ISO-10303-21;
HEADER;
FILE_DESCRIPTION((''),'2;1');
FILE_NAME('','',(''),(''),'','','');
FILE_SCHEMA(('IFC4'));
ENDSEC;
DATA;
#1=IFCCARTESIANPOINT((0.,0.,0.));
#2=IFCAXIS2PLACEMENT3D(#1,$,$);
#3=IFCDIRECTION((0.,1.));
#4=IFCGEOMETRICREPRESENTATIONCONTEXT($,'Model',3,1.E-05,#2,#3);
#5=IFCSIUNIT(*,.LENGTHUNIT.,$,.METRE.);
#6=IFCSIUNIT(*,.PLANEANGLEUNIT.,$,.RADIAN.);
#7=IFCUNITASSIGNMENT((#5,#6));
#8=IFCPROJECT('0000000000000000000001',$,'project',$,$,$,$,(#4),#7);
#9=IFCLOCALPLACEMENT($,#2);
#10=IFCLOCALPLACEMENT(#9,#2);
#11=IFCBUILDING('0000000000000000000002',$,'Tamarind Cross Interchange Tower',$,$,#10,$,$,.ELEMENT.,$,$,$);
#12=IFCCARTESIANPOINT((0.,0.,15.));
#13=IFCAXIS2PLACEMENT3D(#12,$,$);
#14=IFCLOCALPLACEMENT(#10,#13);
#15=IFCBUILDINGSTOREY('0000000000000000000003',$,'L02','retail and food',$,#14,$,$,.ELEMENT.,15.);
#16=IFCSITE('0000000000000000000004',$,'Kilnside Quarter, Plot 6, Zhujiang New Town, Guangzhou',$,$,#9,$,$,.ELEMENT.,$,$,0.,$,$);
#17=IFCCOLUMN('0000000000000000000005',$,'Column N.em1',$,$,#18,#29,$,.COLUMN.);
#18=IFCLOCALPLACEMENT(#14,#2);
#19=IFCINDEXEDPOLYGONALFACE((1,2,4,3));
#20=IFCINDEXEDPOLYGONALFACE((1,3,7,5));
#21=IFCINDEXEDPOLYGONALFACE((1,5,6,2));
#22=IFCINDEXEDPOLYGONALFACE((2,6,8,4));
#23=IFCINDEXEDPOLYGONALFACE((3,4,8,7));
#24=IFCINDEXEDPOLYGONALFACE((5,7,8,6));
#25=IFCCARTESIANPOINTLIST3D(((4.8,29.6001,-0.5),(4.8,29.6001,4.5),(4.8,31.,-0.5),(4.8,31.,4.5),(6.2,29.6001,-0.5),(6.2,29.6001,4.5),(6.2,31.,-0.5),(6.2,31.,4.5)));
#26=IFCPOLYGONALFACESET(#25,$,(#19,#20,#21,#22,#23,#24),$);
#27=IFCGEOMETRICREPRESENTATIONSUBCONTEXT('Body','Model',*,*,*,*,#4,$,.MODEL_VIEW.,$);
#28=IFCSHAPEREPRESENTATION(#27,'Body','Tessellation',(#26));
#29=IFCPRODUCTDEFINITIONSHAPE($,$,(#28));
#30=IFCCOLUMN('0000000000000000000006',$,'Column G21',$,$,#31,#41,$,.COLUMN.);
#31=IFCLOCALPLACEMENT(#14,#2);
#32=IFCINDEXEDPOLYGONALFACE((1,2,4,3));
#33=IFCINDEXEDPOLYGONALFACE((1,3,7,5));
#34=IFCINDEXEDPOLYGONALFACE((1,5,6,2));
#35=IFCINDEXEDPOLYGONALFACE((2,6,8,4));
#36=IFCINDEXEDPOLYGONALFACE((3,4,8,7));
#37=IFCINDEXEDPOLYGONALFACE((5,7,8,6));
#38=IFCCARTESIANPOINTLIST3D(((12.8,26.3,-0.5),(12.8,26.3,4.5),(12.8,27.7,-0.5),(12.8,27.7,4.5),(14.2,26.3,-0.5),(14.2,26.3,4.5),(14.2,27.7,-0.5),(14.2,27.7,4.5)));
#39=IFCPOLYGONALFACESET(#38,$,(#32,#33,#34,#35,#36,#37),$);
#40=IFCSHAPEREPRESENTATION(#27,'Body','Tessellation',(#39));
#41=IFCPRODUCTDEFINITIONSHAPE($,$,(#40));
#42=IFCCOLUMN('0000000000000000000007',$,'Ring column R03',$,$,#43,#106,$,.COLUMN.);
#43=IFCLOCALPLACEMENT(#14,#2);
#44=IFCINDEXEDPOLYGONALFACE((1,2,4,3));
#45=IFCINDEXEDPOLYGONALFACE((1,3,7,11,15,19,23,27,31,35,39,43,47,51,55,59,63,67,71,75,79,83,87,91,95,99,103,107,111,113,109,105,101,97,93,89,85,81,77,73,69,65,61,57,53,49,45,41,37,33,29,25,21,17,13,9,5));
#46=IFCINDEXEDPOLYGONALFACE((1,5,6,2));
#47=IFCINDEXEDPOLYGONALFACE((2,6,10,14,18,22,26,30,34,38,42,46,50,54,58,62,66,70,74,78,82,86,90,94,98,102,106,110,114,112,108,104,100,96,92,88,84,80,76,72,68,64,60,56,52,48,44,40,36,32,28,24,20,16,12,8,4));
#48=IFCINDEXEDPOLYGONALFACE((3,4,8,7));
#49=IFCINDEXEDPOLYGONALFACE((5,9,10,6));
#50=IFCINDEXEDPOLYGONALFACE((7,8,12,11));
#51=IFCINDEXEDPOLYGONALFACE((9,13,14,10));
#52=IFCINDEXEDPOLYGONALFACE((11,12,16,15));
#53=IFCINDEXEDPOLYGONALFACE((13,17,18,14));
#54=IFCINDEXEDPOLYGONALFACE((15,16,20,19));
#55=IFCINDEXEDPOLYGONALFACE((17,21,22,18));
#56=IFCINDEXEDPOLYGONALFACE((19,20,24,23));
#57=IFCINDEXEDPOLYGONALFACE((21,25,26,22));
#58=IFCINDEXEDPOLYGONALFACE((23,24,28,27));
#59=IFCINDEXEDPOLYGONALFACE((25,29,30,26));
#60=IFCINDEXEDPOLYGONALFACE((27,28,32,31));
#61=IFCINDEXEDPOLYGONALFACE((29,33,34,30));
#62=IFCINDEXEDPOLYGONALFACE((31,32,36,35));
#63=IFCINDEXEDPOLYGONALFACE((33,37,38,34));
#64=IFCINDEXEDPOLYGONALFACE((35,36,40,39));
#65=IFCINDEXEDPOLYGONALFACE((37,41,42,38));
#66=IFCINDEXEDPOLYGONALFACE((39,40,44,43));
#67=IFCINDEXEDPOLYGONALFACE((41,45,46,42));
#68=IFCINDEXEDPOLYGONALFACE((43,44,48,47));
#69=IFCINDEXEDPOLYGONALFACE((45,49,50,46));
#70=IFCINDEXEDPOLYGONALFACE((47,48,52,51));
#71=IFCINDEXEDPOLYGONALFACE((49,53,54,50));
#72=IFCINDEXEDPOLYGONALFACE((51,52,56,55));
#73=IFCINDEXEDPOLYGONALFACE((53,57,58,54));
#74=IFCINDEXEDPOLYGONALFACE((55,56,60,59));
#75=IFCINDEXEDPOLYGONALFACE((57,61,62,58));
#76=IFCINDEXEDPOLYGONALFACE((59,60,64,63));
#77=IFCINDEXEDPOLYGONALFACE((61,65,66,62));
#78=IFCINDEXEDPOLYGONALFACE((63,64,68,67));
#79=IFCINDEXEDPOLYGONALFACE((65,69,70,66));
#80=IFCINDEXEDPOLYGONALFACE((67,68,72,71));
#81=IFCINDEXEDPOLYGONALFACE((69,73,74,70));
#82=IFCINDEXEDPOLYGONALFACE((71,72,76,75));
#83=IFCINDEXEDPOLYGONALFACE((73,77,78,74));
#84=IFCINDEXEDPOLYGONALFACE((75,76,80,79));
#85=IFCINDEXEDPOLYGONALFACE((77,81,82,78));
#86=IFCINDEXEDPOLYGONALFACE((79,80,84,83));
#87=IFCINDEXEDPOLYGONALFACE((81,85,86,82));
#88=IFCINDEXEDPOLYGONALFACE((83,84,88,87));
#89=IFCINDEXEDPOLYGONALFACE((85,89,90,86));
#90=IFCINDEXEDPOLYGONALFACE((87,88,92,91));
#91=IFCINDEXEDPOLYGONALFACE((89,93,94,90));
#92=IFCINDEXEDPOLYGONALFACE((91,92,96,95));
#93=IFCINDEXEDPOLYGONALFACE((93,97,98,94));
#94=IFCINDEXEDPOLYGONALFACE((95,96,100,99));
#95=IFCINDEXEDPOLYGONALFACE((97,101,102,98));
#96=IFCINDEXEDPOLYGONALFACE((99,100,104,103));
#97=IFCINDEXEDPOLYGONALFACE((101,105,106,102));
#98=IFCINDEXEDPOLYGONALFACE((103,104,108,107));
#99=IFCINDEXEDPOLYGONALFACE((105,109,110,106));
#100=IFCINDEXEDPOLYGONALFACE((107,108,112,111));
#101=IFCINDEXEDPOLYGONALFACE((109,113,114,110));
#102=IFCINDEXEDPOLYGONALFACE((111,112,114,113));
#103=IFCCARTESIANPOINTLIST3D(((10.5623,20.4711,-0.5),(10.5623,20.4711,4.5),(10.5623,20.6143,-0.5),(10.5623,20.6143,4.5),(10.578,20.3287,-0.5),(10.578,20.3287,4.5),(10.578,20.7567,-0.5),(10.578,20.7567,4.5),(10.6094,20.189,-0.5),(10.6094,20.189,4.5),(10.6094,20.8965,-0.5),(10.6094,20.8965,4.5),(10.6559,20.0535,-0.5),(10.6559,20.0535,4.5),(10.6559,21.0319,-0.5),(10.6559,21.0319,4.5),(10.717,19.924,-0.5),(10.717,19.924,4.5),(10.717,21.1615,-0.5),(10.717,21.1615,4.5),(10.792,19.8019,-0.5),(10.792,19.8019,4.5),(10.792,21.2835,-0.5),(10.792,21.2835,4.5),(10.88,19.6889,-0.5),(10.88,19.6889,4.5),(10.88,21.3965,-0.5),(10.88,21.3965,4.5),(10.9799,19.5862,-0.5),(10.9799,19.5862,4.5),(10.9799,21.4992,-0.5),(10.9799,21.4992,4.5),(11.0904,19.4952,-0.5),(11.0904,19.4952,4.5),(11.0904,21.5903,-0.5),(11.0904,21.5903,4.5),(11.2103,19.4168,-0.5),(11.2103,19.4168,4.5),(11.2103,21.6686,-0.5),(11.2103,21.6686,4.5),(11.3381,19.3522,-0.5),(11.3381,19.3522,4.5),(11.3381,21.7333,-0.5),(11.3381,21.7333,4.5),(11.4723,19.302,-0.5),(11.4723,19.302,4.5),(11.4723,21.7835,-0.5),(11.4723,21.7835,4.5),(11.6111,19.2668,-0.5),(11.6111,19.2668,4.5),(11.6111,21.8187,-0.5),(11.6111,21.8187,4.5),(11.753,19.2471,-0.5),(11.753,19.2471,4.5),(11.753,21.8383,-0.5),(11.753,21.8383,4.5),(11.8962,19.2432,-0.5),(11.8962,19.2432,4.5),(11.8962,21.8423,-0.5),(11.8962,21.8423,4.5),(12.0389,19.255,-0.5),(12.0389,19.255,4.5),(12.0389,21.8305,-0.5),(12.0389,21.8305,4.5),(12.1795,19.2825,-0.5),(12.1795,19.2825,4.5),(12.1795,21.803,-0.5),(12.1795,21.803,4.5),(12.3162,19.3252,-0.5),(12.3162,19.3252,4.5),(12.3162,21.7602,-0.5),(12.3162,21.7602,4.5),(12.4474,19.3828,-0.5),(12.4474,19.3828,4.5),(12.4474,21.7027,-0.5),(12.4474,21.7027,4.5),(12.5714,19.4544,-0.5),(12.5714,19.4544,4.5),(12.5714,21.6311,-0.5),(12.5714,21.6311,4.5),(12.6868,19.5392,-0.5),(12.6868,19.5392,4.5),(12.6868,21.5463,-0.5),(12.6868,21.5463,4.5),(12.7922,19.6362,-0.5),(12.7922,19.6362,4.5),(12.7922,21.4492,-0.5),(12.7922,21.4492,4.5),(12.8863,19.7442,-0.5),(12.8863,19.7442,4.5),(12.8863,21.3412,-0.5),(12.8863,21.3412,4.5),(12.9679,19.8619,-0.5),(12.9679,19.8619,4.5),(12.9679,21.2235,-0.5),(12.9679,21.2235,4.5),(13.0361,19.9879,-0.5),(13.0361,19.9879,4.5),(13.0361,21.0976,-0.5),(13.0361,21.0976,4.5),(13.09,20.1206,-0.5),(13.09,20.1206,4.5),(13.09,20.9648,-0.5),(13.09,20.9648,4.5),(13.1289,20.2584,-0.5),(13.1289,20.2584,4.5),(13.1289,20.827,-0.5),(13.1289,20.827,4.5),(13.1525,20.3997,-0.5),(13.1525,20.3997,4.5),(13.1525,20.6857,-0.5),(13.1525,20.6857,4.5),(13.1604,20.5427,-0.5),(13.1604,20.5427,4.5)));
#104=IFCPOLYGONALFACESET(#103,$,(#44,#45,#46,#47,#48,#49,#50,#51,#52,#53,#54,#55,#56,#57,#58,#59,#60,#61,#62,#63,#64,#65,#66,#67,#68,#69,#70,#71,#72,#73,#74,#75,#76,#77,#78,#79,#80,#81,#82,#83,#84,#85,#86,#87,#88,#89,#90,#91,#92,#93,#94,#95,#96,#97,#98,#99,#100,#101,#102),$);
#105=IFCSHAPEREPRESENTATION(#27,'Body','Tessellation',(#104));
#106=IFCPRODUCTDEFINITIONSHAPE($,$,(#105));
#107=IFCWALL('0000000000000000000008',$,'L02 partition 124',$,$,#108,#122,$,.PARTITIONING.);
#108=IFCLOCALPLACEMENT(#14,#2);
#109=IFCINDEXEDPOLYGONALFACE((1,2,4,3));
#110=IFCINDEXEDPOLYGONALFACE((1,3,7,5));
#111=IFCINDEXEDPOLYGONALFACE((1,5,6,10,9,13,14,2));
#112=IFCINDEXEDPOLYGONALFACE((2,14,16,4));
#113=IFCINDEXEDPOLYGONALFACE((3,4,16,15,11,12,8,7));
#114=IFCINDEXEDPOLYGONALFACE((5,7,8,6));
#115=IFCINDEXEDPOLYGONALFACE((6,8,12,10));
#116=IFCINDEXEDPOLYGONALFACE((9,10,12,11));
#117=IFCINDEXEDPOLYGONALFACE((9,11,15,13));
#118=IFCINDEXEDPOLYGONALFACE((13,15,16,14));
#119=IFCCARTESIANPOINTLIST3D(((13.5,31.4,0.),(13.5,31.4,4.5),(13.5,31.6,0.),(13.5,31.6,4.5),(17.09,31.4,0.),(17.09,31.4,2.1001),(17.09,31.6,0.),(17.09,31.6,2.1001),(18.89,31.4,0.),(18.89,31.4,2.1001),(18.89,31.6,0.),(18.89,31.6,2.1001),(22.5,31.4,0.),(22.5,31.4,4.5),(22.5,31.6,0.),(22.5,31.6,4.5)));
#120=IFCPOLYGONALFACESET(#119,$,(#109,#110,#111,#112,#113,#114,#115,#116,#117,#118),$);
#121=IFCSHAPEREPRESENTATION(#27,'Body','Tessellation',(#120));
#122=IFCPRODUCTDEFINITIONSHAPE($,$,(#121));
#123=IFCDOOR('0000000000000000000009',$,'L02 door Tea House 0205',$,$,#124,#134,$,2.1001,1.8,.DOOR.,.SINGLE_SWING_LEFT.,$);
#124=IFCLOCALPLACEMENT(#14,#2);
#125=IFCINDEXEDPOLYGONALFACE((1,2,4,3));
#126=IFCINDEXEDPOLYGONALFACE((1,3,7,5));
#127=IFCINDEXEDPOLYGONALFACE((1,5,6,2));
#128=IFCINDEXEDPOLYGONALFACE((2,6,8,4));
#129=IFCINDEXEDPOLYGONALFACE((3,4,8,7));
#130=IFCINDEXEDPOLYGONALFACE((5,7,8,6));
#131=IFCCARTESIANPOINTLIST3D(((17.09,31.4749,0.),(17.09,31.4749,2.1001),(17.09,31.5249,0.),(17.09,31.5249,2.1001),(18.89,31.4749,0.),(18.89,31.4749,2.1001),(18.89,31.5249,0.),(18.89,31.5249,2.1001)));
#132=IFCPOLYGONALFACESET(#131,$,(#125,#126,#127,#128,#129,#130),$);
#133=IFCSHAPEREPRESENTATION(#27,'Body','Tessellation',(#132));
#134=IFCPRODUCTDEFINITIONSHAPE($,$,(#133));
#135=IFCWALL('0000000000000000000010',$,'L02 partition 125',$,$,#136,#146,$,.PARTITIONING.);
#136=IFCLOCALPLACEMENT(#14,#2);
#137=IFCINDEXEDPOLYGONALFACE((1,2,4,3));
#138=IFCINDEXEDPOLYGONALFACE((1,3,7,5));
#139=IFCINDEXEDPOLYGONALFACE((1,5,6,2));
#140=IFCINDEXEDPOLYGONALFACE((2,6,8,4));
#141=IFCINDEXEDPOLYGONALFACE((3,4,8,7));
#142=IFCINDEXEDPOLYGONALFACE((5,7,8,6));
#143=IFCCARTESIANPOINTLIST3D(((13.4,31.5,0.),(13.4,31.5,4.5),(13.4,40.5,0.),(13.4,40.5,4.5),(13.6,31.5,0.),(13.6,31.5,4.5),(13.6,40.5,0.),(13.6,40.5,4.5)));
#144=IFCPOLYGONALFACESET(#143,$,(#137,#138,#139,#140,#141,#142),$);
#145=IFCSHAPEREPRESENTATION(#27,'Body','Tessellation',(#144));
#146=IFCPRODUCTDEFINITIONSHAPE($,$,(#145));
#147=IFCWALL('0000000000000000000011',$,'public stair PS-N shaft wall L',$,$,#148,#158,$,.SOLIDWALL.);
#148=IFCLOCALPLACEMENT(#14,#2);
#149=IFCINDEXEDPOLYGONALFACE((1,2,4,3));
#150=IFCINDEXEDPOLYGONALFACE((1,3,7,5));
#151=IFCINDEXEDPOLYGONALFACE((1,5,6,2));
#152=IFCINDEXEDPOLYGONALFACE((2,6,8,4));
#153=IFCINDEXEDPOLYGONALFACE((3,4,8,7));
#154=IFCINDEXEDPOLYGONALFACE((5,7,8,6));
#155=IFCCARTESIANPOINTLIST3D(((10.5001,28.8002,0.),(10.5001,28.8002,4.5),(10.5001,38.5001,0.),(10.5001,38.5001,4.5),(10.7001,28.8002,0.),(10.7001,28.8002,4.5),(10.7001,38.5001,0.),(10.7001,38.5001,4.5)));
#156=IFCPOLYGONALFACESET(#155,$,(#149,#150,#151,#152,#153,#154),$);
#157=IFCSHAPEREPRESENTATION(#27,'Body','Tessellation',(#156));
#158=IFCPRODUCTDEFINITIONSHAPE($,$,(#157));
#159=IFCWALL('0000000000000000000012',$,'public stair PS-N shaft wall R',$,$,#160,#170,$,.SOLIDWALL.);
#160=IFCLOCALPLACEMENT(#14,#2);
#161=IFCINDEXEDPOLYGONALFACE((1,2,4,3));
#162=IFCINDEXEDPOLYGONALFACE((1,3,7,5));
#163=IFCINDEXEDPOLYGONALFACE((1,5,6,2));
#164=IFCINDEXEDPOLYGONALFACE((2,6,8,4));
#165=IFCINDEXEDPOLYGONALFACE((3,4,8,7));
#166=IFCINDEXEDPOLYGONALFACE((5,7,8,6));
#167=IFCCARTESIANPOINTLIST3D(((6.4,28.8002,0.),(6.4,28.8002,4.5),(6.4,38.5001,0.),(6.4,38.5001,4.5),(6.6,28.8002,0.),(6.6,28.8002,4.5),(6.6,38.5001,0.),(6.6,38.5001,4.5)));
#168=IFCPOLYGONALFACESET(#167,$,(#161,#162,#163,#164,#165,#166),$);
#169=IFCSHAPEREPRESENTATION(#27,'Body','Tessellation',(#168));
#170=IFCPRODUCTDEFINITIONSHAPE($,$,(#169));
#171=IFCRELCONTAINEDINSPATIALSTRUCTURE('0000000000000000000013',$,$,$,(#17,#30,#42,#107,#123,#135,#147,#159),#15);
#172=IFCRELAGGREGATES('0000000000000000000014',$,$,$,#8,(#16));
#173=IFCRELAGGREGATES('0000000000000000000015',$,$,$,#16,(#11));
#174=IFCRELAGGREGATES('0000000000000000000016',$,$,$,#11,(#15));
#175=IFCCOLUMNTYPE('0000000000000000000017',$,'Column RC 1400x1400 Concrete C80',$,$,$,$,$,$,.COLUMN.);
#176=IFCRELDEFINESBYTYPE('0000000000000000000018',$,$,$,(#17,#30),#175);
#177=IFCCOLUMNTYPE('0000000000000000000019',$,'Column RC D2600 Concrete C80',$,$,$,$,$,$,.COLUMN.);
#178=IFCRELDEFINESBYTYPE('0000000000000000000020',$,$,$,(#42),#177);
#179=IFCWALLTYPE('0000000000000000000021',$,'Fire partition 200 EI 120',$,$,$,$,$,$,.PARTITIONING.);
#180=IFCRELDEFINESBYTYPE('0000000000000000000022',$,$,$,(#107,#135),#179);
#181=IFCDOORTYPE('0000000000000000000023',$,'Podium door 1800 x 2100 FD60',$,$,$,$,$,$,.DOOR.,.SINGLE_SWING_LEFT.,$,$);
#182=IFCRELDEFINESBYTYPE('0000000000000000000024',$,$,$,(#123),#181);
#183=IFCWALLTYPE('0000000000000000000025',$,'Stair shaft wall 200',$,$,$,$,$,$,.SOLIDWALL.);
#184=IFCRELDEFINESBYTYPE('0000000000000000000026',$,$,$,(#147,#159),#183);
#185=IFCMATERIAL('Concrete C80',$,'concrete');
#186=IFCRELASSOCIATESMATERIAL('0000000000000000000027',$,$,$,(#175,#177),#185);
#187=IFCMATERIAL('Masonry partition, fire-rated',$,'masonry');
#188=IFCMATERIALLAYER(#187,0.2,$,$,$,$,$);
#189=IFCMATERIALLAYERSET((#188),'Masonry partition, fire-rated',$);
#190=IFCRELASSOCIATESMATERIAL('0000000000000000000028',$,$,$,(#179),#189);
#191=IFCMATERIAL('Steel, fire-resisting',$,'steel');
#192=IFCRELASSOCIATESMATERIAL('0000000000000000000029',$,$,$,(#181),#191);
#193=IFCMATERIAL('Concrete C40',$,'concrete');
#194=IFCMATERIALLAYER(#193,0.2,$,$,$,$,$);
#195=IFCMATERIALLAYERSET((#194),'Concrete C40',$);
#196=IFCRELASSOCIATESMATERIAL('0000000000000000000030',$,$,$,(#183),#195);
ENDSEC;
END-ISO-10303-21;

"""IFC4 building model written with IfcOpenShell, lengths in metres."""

from ifc_helpers import new_model, si_unit, direction, frame, frame_2d, origin, origin_2d, place, context, subcontext, project, spatial, rectangle, circle, extrude, material, layer, layer_set, material_profile, profile_set, type_object, element, fill, save


model = new_model("IFC4")

# Units and contexts
model_context = context("Model", 3, precision=1e-05, world=origin(), true_north=direction((0.0, 1.0)))
body_context = subcontext(model_context, "Body", "Model", "MODEL_VIEW")
ifc_project = project(units=[si_unit("LENGTHUNIT", "METRE"), si_unit("PLANEANGLEUNIT", "RADIAN")], contexts=[model_context])

# Site, building, storey
site_placement = place(None, origin())
site = spatial("IfcSite", under=ifc_project, at=site_placement, Name="Kilnside Quarter, Plot 6, Zhujiang New Town, Guangzhou", CompositionType="ELEMENT", RefElevation=0.0)
building_placement = place(site_placement, origin())
building = spatial("IfcBuilding", under=site, at=building_placement, Name="Tamarind Cross Interchange Tower", CompositionType="ELEMENT")
storey_placement = place(building_placement, frame((0.0, 0.0, 15.0)))
storey = spatial("IfcBuildingStorey", under=building, at=storey_placement, Name="L02", Description="retail and food", CompositionType="ELEMENT", Elevation=15.0)

# Columns
ifc_material_1 = material(Name="Concrete C80", Category="concrete")
ifc_material_profile_1 = material_profile(ifc_material_1, rectangle(XDim=1.3999, YDim=1.3999, at=origin_2d()), Name="RC 1400x1400")
ifc_profile_set_1 = profile_set([ifc_material_profile_1], Name="Concrete C80")
column_type_1 = type_object("IfcColumnType", Name="Column RC 1400x1400 Concrete C80", PredefinedType="COLUMN", material=ifc_profile_set_1)
for number, where, z_axis, x_axis, name in (
    (1, (5.5, 30.3, -0.5), (0.0, 0.0, 1.0), (1.0, 0.0, 0.0), "Column N.em1"),
    (2, (13.5, 27.0, -0.5), (0.0, 0.0, 1.0), (1.0, 0.0, 0.0), "Column G21"),
):
    element("IfcColumn", number, at=place(storey_placement, frame(where, z_axis=z_axis, x_axis=x_axis)), inside=storey, type_object=column_type_1, Name=name, PredefinedType="COLUMN", context=body_context, shape_type="SweptSolid", body=[
        extrude(rectangle(XDim=1.3999, YDim=1.3999, at=origin_2d()), origin(), (0.0, 0.0, 1.0), 5.0),
    ])
ifc_material_profile_2 = material_profile(ifc_material_1, circle(Radius=1.3, at=origin_2d()), Name="RC D2600")
ifc_profile_set_2 = profile_set([ifc_material_profile_2], Name="Concrete C80")
column_type_2 = type_object("IfcColumnType", Name="Column RC D2600 Concrete C80", PredefinedType="COLUMN", material=ifc_profile_set_2)
column_placement = place(storey_placement, frame((11.8604, 20.5427, -0.5), z_axis=(0.0, 0.0, 1.0), x_axis=(1.0, 0.0, 0.0)))
element("IfcColumn", 3, at=column_placement, inside=storey, type_object=column_type_2, Name="Ring column R03", PredefinedType="COLUMN", context=body_context, shape_type="SweptSolid", body=[
    extrude(circle(Radius=1.3, at=origin_2d()), origin(), (0.0, 0.0, 1.0), 5.0),
])

# Wall, opening, door
ifc_material_2 = material(Name="Masonry partition, fire-rated", Category="masonry")
ifc_layer_1 = layer(ifc_material_2, 0.2)
ifc_layer_set_1 = layer_set([ifc_layer_1], Name="Masonry partition, fire-rated")
wall_type_1 = type_object("IfcWallType", Name="Fire partition 200 EI 120", PredefinedType="PARTITIONING", material=ifc_layer_set_1)
wall_1_placement = place(storey_placement, frame((13.5, 31.5, 0.0), z_axis=(0.0, 0.0, 1.0), x_axis=(1.0, 0.0, 0.0)))
wall_1 = element("IfcWall", 4, at=wall_1_placement, inside=storey, type_object=wall_type_1, Name="L02 partition 124", PredefinedType="PARTITIONING", context=body_context, shape_type="SweptSolid", body=[
    extrude(rectangle(XDim=9.0, YDim=0.2, at=frame_2d((4.5, 0.0))), origin(), (0.0, 0.0, 1.0), 4.5),
])
opening_1_placement = place(wall_1_placement, frame((3.5901, 0.0, 0.0)))
opening_1 = element("IfcOpeningElement", 5, at=opening_1_placement, cuts=wall_1, PredefinedType="OPENING", context=body_context, shape_type="SweptSolid", body=[
    extrude(rectangle(XDim=1.8, YDim=2.1001, at=frame_2d((0.8999, 1.05))), frame((0.0, 0.1099, 0.0), z_axis=(0.0, -1.0, 0.0), x_axis=(1.0, 0.0, 0.0)), (0.0, 0.0, 1.0), 0.22),
])
ifc_material_3 = material(Name="Steel, fire-resisting", Category="steel")
door_type_1 = type_object("IfcDoorType", Name="Podium door 1800 x 2100 FD60", OperationType="SINGLE_SWING_LEFT", PredefinedType="DOOR", material=ifc_material_3)
door_1_placement = place(opening_1_placement, origin())
door_1 = element("IfcDoor", 6, at=door_1_placement, inside=storey, type_object=door_type_1, Name="L02 door Tea House 0205", OperationType="SINGLE_SWING_LEFT", OverallHeight=2.1001, OverallWidth=1.8, PredefinedType="DOOR", context=body_context, shape_type="SweptSolid", body=[
    extrude(rectangle(XDim=1.8, YDim=2.1001, at=frame_2d((0.8999, 1.05))), frame((0.0, 0.0249, 0.0), z_axis=(0.0, -1.0, 0.0), x_axis=(1.0, 0.0, 0.0)), (0.0, 0.0, 1.0), 0.05),
])
fill(opening_1, door_1)

# Walls
wall_2_placement = place(storey_placement, frame((13.5, 31.5, 0.0), z_axis=(0.0, 0.0, 1.0), x_axis=(0.0, 1.0, 0.0)))
element("IfcWall", 7, at=wall_2_placement, inside=storey, type_object=wall_type_1, Name="L02 partition 125", PredefinedType="PARTITIONING", context=body_context, shape_type="SweptSolid", body=[
    extrude(rectangle(XDim=9.0, YDim=0.2, at=frame_2d((4.5, 0.0))), origin(), (0.0, 0.0, 1.0), 4.5),
])
ifc_material_4 = material(Name="Concrete C40", Category="concrete")
ifc_layer_2 = layer(ifc_material_4, 0.2)
ifc_layer_set_2 = layer_set([ifc_layer_2], Name="Concrete C40")
wall_type_2 = type_object("IfcWallType", Name="Stair shaft wall 200", PredefinedType="SOLIDWALL", material=ifc_layer_set_2)
for number, where, z_axis, x_axis, name in (
    (8, (10.6001, 28.8, 0.0), (0.0, 0.0, 1.0), (0.0, 1.0, 0.0), "public stair PS-N shaft wall L"),
    (9, (6.5, 28.8, 0.0), (0.0, 0.0, 1.0), (0.0, 1.0, 0.0), "public stair PS-N shaft wall R"),
):
    element("IfcWall", number, at=place(storey_placement, frame(where, z_axis=z_axis, x_axis=x_axis)), inside=storey, type_object=wall_type_2, Name=name, PredefinedType="SOLIDWALL", context=body_context, shape_type="SweptSolid", body=[
        extrude(rectangle(XDim=9.7, YDim=0.2, at=frame_2d((4.8501, 0.0))), origin(), (0.0, 0.0, 1.0), 4.5),
    ])

save(model, "model.ifc")
